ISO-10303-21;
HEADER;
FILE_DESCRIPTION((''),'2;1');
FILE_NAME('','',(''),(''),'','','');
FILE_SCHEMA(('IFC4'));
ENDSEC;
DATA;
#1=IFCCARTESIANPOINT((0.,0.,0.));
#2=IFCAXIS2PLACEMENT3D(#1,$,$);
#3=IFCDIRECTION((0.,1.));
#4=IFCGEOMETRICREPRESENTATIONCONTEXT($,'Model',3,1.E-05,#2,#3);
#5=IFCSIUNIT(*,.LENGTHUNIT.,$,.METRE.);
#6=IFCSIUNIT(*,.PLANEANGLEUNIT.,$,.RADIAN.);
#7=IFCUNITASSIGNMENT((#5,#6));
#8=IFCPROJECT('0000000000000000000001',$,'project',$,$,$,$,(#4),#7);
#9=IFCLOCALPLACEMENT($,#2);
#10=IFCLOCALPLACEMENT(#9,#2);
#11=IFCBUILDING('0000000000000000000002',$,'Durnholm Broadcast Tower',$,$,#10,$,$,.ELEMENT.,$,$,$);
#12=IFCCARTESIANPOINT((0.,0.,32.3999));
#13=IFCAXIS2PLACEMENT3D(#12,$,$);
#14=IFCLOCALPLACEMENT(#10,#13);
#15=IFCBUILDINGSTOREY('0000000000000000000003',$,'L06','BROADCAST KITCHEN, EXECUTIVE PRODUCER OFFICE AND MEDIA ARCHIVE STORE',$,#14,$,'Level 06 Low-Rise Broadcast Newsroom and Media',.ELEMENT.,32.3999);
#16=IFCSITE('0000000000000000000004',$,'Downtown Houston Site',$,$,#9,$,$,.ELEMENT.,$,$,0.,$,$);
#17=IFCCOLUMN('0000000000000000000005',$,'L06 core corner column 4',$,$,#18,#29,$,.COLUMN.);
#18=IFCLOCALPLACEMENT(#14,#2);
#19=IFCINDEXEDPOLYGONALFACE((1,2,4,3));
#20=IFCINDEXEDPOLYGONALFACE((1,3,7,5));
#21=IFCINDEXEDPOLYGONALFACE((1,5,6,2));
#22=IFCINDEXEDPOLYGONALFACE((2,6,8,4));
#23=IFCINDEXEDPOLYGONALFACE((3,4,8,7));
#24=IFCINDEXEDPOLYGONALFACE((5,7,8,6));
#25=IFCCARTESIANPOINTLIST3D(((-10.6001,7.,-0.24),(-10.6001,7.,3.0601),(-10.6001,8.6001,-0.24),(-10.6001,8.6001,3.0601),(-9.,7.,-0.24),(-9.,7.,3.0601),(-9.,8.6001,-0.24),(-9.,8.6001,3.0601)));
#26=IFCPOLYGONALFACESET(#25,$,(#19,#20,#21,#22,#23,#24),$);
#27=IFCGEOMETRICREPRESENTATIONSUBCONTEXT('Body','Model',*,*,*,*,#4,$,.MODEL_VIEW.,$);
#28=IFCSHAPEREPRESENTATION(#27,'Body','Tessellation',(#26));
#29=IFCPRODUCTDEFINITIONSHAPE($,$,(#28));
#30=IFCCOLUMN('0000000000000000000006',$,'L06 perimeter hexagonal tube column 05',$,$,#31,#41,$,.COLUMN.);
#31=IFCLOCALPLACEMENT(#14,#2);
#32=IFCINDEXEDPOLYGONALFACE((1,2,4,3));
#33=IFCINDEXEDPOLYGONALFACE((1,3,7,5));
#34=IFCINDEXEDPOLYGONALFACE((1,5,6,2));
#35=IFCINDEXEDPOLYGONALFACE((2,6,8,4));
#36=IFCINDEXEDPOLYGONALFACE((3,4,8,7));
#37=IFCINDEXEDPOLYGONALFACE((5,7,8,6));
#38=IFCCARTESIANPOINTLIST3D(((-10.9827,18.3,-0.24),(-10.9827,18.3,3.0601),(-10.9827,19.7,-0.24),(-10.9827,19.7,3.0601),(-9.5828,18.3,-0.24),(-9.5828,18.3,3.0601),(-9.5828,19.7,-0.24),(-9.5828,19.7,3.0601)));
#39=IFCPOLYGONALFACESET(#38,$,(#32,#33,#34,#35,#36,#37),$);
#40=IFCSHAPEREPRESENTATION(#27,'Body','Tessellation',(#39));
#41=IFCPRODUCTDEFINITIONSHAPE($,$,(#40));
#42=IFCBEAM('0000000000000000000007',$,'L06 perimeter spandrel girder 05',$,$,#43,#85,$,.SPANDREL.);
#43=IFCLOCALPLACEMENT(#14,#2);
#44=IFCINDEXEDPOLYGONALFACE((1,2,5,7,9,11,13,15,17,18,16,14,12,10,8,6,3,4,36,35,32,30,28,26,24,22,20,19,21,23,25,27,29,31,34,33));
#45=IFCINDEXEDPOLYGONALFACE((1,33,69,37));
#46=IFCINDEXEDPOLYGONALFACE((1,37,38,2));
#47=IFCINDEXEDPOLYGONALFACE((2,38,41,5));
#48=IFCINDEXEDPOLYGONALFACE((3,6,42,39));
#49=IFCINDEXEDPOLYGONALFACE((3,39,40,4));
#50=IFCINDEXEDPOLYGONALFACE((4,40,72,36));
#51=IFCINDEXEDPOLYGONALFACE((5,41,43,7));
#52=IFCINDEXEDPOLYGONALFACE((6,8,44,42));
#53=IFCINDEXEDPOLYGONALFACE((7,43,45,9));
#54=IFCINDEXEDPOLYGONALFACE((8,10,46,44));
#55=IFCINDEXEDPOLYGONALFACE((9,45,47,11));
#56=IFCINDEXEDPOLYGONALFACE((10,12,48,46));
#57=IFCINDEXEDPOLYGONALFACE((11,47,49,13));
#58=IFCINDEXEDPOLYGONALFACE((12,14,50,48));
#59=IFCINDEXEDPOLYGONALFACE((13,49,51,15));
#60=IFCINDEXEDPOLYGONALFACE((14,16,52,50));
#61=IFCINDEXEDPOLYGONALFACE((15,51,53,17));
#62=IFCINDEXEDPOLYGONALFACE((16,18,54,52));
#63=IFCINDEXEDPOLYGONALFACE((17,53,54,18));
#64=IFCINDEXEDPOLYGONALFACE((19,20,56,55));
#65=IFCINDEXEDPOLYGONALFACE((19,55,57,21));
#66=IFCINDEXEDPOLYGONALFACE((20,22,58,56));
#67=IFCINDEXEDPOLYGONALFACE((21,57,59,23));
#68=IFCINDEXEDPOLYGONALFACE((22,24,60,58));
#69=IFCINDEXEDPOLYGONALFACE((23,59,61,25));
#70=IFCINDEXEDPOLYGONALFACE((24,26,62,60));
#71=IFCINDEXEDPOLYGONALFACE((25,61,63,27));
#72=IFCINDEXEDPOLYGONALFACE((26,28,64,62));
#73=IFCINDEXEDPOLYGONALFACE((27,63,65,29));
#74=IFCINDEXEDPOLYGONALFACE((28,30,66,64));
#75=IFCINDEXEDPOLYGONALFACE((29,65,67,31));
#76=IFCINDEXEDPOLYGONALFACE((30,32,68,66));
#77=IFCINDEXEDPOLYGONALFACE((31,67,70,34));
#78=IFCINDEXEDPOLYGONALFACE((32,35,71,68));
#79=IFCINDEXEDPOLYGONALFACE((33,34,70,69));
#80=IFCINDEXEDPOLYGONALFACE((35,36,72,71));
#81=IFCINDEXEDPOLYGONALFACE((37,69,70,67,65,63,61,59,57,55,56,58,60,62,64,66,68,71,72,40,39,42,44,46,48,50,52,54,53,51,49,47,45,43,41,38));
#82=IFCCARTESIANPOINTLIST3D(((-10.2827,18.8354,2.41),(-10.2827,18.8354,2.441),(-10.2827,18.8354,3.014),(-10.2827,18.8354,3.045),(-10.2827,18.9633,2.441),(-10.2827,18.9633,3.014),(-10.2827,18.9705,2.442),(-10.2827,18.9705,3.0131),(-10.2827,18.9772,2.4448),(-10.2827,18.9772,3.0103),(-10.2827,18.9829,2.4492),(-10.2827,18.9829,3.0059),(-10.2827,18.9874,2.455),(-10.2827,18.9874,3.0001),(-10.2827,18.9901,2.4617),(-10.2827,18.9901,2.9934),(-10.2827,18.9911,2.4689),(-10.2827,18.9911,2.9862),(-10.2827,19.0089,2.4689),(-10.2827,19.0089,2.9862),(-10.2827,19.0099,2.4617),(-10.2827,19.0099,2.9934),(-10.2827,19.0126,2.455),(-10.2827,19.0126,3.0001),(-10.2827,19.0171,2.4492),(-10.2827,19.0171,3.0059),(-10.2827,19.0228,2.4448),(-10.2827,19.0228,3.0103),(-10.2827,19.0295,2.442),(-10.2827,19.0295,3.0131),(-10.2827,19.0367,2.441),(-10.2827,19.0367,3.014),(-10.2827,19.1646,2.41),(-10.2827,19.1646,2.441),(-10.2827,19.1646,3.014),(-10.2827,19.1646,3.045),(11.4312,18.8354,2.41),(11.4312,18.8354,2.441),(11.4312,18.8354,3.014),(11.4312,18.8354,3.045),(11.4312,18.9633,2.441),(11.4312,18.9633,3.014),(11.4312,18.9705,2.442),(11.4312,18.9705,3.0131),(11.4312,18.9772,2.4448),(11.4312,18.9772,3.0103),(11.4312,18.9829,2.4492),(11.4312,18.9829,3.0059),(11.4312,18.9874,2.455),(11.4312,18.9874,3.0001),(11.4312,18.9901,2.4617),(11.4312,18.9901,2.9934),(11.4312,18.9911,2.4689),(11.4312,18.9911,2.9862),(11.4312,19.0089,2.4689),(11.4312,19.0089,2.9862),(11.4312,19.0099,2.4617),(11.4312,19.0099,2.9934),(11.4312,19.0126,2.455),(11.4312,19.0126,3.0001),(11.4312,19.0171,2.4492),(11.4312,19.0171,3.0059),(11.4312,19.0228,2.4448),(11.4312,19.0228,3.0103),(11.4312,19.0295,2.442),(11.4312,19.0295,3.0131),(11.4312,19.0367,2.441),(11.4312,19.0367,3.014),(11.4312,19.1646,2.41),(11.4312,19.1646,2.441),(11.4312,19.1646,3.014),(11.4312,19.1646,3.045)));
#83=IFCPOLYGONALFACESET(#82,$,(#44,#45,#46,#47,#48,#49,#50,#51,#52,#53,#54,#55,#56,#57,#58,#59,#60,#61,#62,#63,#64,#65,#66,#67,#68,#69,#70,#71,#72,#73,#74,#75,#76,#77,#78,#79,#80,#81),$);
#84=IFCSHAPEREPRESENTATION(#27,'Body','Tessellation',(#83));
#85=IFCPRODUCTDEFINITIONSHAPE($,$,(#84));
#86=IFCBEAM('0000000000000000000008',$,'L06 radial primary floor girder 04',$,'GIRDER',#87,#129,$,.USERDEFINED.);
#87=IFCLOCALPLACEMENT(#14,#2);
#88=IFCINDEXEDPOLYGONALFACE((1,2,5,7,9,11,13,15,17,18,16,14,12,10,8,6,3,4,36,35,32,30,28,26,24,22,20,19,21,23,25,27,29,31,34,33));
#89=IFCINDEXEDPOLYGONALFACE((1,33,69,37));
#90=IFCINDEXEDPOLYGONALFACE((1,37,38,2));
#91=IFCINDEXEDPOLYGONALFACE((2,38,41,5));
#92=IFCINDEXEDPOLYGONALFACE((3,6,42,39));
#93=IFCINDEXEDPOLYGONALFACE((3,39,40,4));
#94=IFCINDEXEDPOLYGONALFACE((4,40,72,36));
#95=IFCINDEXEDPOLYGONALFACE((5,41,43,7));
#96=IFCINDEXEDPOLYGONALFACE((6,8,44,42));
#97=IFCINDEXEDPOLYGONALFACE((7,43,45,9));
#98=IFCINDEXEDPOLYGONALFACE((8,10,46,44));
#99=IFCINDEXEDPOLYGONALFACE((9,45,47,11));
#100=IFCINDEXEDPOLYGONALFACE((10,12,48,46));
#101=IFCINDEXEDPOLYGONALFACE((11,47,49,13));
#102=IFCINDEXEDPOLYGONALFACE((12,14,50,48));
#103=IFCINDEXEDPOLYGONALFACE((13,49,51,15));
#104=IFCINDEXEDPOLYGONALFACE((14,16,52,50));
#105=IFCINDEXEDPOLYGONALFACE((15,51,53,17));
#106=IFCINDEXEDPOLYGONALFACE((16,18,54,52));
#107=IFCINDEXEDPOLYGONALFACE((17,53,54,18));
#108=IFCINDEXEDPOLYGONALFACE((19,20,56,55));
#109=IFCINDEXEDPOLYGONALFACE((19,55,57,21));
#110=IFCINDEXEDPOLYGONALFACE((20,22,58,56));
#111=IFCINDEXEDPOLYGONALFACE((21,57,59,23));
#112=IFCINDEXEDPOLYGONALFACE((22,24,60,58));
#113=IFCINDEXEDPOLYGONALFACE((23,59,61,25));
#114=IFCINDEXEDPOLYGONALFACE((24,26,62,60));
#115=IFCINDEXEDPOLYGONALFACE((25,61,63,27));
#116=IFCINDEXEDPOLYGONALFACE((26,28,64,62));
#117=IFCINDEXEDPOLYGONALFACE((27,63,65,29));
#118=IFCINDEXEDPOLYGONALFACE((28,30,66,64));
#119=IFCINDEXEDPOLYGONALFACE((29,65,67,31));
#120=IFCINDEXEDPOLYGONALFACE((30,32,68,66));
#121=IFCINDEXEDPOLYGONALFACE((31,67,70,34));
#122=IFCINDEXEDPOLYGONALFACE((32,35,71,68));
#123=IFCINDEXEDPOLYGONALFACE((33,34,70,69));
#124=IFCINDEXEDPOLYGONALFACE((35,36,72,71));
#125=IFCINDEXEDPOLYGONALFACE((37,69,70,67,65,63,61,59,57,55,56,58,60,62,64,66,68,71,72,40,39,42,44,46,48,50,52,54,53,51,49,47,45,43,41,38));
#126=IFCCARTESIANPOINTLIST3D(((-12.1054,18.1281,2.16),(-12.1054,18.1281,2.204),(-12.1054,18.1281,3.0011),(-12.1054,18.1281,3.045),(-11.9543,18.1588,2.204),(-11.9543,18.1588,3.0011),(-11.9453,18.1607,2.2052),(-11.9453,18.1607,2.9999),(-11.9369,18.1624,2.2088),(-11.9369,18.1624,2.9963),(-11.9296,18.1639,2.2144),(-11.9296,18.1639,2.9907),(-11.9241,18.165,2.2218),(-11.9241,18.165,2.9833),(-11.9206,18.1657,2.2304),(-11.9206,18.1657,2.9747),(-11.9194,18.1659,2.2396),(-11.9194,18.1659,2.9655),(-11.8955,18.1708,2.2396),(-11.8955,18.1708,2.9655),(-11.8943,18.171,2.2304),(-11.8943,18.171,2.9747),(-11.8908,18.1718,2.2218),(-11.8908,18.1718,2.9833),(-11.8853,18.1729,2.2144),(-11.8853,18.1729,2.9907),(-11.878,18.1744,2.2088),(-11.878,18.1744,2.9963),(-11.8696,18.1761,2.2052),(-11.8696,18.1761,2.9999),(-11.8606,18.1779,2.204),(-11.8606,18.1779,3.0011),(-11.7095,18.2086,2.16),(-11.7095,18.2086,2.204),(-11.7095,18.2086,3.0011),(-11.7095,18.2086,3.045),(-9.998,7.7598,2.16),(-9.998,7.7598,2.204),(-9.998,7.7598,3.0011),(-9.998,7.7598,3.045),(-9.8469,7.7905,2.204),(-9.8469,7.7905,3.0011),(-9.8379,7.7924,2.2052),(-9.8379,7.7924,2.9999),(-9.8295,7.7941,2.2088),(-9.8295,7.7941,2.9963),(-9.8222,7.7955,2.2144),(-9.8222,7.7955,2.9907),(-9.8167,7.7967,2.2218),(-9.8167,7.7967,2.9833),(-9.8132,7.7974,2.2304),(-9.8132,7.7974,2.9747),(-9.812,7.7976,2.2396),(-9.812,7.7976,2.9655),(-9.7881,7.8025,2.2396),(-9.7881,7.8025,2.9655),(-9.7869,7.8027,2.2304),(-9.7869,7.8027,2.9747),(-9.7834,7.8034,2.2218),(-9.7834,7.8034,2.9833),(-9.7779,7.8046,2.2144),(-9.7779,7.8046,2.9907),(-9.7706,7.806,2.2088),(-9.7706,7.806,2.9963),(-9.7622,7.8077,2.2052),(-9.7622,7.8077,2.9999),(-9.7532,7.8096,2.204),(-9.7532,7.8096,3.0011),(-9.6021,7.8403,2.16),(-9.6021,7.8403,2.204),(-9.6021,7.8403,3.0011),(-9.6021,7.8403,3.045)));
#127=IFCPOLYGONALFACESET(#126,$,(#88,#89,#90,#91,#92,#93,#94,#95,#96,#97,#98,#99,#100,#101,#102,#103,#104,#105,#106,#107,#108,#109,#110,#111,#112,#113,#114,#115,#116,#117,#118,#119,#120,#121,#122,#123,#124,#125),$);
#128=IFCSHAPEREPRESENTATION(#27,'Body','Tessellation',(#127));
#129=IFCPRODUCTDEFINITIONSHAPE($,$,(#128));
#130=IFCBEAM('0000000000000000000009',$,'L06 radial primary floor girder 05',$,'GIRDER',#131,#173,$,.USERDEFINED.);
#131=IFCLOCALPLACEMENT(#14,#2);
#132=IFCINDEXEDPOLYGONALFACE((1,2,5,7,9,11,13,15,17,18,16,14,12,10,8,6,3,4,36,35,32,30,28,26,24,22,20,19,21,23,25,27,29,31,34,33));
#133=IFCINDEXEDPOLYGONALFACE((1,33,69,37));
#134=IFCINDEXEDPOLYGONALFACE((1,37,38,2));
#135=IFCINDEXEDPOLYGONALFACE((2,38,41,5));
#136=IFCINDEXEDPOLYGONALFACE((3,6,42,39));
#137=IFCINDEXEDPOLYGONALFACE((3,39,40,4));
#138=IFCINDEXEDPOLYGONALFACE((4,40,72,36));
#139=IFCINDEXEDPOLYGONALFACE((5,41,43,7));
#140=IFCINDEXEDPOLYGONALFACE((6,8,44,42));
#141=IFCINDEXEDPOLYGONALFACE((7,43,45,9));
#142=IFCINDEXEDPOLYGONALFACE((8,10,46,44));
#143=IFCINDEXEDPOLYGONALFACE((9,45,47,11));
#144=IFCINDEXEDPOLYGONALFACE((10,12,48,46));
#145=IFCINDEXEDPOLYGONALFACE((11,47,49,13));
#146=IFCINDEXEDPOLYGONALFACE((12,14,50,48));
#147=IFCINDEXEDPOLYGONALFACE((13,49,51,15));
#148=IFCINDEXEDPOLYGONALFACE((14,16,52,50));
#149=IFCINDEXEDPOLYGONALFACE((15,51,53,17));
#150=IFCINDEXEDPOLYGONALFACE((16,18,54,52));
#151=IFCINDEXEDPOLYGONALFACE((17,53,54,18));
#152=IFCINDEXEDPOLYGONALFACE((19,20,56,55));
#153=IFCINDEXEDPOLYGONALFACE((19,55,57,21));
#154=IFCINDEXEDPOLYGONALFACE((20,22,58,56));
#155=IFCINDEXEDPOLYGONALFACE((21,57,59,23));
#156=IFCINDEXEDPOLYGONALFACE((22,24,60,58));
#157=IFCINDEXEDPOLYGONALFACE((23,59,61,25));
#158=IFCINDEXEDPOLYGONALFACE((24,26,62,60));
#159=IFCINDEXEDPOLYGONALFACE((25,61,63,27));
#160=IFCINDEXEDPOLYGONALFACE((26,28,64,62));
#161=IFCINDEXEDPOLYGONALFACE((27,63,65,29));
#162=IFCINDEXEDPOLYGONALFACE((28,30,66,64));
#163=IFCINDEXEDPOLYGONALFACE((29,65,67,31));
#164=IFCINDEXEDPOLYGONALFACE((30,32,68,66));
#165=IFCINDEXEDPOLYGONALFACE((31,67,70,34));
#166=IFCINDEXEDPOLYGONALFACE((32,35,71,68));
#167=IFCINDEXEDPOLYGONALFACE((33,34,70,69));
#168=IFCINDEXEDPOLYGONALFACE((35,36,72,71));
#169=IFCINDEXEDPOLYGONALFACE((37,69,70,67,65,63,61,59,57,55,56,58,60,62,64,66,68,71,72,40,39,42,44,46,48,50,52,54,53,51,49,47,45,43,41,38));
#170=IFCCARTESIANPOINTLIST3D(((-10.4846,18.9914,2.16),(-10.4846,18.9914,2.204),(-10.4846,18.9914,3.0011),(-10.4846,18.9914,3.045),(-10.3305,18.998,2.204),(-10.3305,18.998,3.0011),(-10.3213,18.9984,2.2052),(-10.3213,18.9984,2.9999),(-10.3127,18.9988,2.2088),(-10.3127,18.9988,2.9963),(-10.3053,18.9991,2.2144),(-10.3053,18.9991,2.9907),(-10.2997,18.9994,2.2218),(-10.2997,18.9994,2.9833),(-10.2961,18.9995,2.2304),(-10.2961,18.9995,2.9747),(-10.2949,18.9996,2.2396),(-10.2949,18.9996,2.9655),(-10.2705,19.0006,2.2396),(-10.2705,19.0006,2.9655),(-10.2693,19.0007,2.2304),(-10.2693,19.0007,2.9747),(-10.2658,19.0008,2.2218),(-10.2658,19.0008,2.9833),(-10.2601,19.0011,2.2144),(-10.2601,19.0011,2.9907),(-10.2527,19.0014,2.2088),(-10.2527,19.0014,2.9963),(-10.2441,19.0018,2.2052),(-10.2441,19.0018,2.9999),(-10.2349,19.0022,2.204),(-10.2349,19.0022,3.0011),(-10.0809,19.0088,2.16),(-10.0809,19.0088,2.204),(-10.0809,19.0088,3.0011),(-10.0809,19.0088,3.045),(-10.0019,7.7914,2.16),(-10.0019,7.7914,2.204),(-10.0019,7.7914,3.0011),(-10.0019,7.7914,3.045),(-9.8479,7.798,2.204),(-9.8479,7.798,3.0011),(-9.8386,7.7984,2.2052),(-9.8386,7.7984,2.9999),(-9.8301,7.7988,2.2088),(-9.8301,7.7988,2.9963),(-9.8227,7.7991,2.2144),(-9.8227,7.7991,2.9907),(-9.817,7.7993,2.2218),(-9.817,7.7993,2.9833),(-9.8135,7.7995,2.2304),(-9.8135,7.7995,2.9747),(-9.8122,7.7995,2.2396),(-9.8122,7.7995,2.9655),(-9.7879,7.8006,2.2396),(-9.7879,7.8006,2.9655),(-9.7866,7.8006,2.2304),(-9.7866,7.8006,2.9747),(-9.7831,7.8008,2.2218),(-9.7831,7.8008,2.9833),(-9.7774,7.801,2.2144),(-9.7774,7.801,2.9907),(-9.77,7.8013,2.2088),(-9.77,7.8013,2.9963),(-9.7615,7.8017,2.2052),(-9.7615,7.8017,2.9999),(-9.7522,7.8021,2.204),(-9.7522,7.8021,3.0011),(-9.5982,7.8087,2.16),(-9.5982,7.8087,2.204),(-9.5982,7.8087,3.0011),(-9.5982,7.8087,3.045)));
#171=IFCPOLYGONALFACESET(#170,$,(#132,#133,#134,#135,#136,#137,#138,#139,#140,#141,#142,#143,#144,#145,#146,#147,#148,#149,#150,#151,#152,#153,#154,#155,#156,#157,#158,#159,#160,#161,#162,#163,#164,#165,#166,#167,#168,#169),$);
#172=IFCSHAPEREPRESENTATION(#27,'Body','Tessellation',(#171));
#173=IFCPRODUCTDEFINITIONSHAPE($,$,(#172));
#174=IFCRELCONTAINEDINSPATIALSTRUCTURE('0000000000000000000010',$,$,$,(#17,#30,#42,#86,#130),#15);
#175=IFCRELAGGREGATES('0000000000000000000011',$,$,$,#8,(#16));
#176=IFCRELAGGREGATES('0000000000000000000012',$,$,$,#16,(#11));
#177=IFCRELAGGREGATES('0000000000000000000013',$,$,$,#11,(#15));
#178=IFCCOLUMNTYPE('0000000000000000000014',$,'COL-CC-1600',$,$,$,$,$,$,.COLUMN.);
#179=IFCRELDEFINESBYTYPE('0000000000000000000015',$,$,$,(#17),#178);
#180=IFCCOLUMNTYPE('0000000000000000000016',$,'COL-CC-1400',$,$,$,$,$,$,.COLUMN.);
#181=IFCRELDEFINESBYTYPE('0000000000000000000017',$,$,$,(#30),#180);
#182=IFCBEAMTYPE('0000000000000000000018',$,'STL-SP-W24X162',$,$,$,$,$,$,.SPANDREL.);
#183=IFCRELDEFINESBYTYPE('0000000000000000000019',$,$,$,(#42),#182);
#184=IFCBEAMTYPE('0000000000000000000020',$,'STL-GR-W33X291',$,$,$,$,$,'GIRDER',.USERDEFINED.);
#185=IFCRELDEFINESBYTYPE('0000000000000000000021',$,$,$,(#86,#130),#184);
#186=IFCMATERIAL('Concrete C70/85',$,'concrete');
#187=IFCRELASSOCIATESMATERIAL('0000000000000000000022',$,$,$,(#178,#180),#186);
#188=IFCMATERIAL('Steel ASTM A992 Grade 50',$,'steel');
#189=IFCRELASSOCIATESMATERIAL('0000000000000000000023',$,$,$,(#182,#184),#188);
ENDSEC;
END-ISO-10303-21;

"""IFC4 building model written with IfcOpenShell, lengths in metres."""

from ifc_helpers import new_model, si_unit, direction, frame, origin, origin_2d, place, context, subcontext, project, spatial, rectangle, i_section, extrude, source, transform, mapped, material, material_profile, profile_set, type_object, type_shapes, element, save


model = new_model("IFC4")

# Units and contexts
model_context = context("Model", 3, precision=1e-05, world=origin(), true_north=direction((0.0, 1.0)))
body_context = subcontext(model_context, "Body", "Model", "MODEL_VIEW")
ifc_project = project(units=[si_unit("LENGTHUNIT", "METRE"), si_unit("PLANEANGLEUNIT", "RADIAN")], contexts=[model_context])

# Site, building, storey
site_placement = place(None, origin())
site = spatial("IfcSite", under=ifc_project, at=site_placement, Name="Downtown Houston Site", CompositionType="ELEMENT", RefElevation=0.0)
building_placement = place(site_placement, origin())
building = spatial("IfcBuilding", under=site, at=building_placement, Name="Durnholm Broadcast Tower", CompositionType="ELEMENT")
storey_placement = place(building_placement, frame((0.0, 0.0, 32.3999)))
storey = spatial("IfcBuildingStorey", under=building, at=storey_placement, Name="L06", Description="BROADCAST KITCHEN, EXECUTIVE PRODUCER OFFICE AND MEDIA ARCHIVE STORE", LongName="Level 06 Low-Rise Broadcast Newsroom and Media", CompositionType="ELEMENT", Elevation=32.3999)

# Columns
ifc_material_1 = material(Name="Concrete C70/85", Category="concrete")
ifc_material_profile_1 = material_profile(ifc_material_1, rectangle(XDim=1.6001, YDim=1.6001, at=origin_2d()), Name="RC1600X1600")
ifc_profile_set_1 = profile_set([ifc_material_profile_1], Name="Concrete C70/85")
column_type_1 = type_object("IfcColumnType", Name="COL-CC-1600", PredefinedType="COLUMN", material=ifc_profile_set_1)
shared_shape_1 = source(origin(), body_context, "Body", "SweptSolid", [
    extrude(rectangle(XDim=1.6001, YDim=1.6001, at=origin_2d()), origin(), (0.0, 0.0, 1.0), 3.3),
])
type_shapes(column_type_1, [shared_shape_1])
column_1_placement = place(storey_placement, frame((-9.8, 7.8, -0.24), z_axis=(0.0, 0.0, 1.0), x_axis=(1.0, 0.0, 0.0)))
element("IfcColumn", 1, at=column_1_placement, inside=storey, type_object=column_type_1, Name="L06 core corner column 4", PredefinedType="COLUMN", context=body_context, shape_type="MappedRepresentation", body=[
    mapped(shared_shape_1, transform((0.0, 0.0, 0.0), x_axis=(1.0, 0.0, 0.0), y_axis=(0.0, 1.0, 0.0), z_axis=(0.0, 0.0, 1.0), scale=1.0)),
])
ifc_material_profile_2 = material_profile(ifc_material_1, rectangle(XDim=1.3999, YDim=1.3999, at=origin_2d()), Name="RC1400X1400")
ifc_profile_set_2 = profile_set([ifc_material_profile_2], Name="Concrete C70/85")
column_type_2 = type_object("IfcColumnType", Name="COL-CC-1400", PredefinedType="COLUMN", material=ifc_profile_set_2)
shared_shape_2 = source(origin(), body_context, "Body", "SweptSolid", [
    extrude(rectangle(XDim=1.3999, YDim=1.3999, at=origin_2d()), origin(), (0.0, 0.0, 1.0), 3.3),
])
type_shapes(column_type_2, [shared_shape_2])
column_2_placement = place(storey_placement, frame((-10.2827, 19.0, -0.24), z_axis=(0.0, 0.0, 1.0), x_axis=(1.0, 0.0, 0.0)))
element("IfcColumn", 2, at=column_2_placement, inside=storey, type_object=column_type_2, Name="L06 perimeter hexagonal tube column 05", PredefinedType="COLUMN", context=body_context, shape_type="MappedRepresentation", body=[
    mapped(shared_shape_2, transform((0.0, 0.0, 0.0), x_axis=(1.0, 0.0, 0.0), y_axis=(0.0, 1.0, 0.0), z_axis=(0.0, 0.0, 1.0), scale=1.0)),
])

# Beams
ifc_material_2 = material(Name="Steel ASTM A992 Grade 50", Category="steel")
ifc_material_profile_3 = material_profile(ifc_material_2, i_section(OverallWidth=0.3291, OverallDepth=0.635, WebThickness=0.0178, FlangeThickness=0.031, FilletRadius=0.0278, at=origin_2d()), Name="W24X162")
ifc_profile_set_3 = profile_set([ifc_material_profile_3], Name="Steel ASTM A992 Grade 50")
beam_type_1 = type_object("IfcBeamType", Name="STL-SP-W24X162", PredefinedType="SPANDREL", material=ifc_profile_set_3)
shared_shape_3 = source(origin(), body_context, "Body", "SweptSolid", [
    extrude(i_section(OverallWidth=0.3291, OverallDepth=0.635, WebThickness=0.0178, FlangeThickness=0.031, FilletRadius=0.0278, at=origin_2d()), origin(), (0.0, 0.0, 1.0), 21.7139),
])
type_shapes(beam_type_1, [shared_shape_3])
beam_1_placement = place(storey_placement, frame((-10.2827, 19.0, 2.7275), z_axis=(1.0, 0.0, 0.0), x_axis=(0.0, 1.0, 0.0)))
element("IfcBeam", 3, at=beam_1_placement, inside=storey, type_object=beam_type_1, Name="L06 perimeter spandrel girder 05", PredefinedType="SPANDREL", context=body_context, shape_type="MappedRepresentation", body=[
    mapped(shared_shape_3, transform((0.0, 0.0, 0.0), x_axis=(1.0, 0.0, 0.0), y_axis=(0.0, 1.0, 0.0), z_axis=(0.0, 0.0, 1.0), scale=1.0)),
])
ifc_material_profile_4 = material_profile(ifc_material_2, i_section(OverallWidth=0.4041, OverallDepth=0.885, WebThickness=0.0244, FlangeThickness=0.0439, FilletRadius=0.0356, at=origin_2d()), Name="W33X291")
ifc_profile_set_4 = profile_set([ifc_material_profile_4], Name="Steel ASTM A992 Grade 50")
beam_type_2 = type_object("IfcBeamType", Name="STL-GR-W33X291", ElementType="GIRDER", PredefinedType="USERDEFINED", material=ifc_profile_set_4)
shared_shape_4 = source(origin(), body_context, "Body", "SweptSolid", [
    extrude(i_section(OverallWidth=0.4041, OverallDepth=0.885, WebThickness=0.0244, FlangeThickness=0.0439, FilletRadius=0.0356, at=origin_2d()), origin(), (0.0, 0.0, 1.0), 10.5803),
])
beam_2_placement = place(storey_placement, frame((-9.8, 7.8, 2.6025), z_axis=(-0.199181, 0.979963, 0.0), x_axis=(-0.979963, -0.199181, 0.0)))
element("IfcBeam", 4, at=beam_2_placement, inside=storey, type_object=beam_type_2, Name="L06 radial primary floor girder 04", ObjectType="GIRDER", PredefinedType="USERDEFINED", context=body_context, shape_type="MappedRepresentation", body=[
    mapped(shared_shape_4, transform((0.0, 0.0, 0.0), x_axis=(1.0, 0.0, 0.0), y_axis=(0.0, 1.0, 0.0), z_axis=(0.0, 0.0, 1.0), scale=1.0)),
])
shared_shape_5 = source(origin(), body_context, "Body", "SweptSolid", [
    extrude(i_section(OverallWidth=0.4041, OverallDepth=0.885, WebThickness=0.0244, FlangeThickness=0.0439, FilletRadius=0.0356, at=origin_2d()), origin(), (0.0, 0.0, 1.0), 11.2104),
])
type_shapes(beam_type_2, [shared_shape_4, shared_shape_5])
beam_3_placement = place(storey_placement, frame((-9.8, 7.8, 2.6025), z_axis=(-0.043055, 0.999073, 0.0), x_axis=(-0.999073, -0.043055, 0.0)))
element("IfcBeam", 5, at=beam_3_placement, inside=storey, type_object=beam_type_2, Name="L06 radial primary floor girder 05", ObjectType="GIRDER", PredefinedType="USERDEFINED", context=body_context, shape_type="MappedRepresentation", body=[
    mapped(shared_shape_5, transform((0.0, 0.0, 0.0), x_axis=(1.0, 0.0, 0.0), y_axis=(0.0, 1.0, 0.0), z_axis=(0.0, 0.0, 1.0), scale=1.0)),
])

save(model, "model.ifc")
